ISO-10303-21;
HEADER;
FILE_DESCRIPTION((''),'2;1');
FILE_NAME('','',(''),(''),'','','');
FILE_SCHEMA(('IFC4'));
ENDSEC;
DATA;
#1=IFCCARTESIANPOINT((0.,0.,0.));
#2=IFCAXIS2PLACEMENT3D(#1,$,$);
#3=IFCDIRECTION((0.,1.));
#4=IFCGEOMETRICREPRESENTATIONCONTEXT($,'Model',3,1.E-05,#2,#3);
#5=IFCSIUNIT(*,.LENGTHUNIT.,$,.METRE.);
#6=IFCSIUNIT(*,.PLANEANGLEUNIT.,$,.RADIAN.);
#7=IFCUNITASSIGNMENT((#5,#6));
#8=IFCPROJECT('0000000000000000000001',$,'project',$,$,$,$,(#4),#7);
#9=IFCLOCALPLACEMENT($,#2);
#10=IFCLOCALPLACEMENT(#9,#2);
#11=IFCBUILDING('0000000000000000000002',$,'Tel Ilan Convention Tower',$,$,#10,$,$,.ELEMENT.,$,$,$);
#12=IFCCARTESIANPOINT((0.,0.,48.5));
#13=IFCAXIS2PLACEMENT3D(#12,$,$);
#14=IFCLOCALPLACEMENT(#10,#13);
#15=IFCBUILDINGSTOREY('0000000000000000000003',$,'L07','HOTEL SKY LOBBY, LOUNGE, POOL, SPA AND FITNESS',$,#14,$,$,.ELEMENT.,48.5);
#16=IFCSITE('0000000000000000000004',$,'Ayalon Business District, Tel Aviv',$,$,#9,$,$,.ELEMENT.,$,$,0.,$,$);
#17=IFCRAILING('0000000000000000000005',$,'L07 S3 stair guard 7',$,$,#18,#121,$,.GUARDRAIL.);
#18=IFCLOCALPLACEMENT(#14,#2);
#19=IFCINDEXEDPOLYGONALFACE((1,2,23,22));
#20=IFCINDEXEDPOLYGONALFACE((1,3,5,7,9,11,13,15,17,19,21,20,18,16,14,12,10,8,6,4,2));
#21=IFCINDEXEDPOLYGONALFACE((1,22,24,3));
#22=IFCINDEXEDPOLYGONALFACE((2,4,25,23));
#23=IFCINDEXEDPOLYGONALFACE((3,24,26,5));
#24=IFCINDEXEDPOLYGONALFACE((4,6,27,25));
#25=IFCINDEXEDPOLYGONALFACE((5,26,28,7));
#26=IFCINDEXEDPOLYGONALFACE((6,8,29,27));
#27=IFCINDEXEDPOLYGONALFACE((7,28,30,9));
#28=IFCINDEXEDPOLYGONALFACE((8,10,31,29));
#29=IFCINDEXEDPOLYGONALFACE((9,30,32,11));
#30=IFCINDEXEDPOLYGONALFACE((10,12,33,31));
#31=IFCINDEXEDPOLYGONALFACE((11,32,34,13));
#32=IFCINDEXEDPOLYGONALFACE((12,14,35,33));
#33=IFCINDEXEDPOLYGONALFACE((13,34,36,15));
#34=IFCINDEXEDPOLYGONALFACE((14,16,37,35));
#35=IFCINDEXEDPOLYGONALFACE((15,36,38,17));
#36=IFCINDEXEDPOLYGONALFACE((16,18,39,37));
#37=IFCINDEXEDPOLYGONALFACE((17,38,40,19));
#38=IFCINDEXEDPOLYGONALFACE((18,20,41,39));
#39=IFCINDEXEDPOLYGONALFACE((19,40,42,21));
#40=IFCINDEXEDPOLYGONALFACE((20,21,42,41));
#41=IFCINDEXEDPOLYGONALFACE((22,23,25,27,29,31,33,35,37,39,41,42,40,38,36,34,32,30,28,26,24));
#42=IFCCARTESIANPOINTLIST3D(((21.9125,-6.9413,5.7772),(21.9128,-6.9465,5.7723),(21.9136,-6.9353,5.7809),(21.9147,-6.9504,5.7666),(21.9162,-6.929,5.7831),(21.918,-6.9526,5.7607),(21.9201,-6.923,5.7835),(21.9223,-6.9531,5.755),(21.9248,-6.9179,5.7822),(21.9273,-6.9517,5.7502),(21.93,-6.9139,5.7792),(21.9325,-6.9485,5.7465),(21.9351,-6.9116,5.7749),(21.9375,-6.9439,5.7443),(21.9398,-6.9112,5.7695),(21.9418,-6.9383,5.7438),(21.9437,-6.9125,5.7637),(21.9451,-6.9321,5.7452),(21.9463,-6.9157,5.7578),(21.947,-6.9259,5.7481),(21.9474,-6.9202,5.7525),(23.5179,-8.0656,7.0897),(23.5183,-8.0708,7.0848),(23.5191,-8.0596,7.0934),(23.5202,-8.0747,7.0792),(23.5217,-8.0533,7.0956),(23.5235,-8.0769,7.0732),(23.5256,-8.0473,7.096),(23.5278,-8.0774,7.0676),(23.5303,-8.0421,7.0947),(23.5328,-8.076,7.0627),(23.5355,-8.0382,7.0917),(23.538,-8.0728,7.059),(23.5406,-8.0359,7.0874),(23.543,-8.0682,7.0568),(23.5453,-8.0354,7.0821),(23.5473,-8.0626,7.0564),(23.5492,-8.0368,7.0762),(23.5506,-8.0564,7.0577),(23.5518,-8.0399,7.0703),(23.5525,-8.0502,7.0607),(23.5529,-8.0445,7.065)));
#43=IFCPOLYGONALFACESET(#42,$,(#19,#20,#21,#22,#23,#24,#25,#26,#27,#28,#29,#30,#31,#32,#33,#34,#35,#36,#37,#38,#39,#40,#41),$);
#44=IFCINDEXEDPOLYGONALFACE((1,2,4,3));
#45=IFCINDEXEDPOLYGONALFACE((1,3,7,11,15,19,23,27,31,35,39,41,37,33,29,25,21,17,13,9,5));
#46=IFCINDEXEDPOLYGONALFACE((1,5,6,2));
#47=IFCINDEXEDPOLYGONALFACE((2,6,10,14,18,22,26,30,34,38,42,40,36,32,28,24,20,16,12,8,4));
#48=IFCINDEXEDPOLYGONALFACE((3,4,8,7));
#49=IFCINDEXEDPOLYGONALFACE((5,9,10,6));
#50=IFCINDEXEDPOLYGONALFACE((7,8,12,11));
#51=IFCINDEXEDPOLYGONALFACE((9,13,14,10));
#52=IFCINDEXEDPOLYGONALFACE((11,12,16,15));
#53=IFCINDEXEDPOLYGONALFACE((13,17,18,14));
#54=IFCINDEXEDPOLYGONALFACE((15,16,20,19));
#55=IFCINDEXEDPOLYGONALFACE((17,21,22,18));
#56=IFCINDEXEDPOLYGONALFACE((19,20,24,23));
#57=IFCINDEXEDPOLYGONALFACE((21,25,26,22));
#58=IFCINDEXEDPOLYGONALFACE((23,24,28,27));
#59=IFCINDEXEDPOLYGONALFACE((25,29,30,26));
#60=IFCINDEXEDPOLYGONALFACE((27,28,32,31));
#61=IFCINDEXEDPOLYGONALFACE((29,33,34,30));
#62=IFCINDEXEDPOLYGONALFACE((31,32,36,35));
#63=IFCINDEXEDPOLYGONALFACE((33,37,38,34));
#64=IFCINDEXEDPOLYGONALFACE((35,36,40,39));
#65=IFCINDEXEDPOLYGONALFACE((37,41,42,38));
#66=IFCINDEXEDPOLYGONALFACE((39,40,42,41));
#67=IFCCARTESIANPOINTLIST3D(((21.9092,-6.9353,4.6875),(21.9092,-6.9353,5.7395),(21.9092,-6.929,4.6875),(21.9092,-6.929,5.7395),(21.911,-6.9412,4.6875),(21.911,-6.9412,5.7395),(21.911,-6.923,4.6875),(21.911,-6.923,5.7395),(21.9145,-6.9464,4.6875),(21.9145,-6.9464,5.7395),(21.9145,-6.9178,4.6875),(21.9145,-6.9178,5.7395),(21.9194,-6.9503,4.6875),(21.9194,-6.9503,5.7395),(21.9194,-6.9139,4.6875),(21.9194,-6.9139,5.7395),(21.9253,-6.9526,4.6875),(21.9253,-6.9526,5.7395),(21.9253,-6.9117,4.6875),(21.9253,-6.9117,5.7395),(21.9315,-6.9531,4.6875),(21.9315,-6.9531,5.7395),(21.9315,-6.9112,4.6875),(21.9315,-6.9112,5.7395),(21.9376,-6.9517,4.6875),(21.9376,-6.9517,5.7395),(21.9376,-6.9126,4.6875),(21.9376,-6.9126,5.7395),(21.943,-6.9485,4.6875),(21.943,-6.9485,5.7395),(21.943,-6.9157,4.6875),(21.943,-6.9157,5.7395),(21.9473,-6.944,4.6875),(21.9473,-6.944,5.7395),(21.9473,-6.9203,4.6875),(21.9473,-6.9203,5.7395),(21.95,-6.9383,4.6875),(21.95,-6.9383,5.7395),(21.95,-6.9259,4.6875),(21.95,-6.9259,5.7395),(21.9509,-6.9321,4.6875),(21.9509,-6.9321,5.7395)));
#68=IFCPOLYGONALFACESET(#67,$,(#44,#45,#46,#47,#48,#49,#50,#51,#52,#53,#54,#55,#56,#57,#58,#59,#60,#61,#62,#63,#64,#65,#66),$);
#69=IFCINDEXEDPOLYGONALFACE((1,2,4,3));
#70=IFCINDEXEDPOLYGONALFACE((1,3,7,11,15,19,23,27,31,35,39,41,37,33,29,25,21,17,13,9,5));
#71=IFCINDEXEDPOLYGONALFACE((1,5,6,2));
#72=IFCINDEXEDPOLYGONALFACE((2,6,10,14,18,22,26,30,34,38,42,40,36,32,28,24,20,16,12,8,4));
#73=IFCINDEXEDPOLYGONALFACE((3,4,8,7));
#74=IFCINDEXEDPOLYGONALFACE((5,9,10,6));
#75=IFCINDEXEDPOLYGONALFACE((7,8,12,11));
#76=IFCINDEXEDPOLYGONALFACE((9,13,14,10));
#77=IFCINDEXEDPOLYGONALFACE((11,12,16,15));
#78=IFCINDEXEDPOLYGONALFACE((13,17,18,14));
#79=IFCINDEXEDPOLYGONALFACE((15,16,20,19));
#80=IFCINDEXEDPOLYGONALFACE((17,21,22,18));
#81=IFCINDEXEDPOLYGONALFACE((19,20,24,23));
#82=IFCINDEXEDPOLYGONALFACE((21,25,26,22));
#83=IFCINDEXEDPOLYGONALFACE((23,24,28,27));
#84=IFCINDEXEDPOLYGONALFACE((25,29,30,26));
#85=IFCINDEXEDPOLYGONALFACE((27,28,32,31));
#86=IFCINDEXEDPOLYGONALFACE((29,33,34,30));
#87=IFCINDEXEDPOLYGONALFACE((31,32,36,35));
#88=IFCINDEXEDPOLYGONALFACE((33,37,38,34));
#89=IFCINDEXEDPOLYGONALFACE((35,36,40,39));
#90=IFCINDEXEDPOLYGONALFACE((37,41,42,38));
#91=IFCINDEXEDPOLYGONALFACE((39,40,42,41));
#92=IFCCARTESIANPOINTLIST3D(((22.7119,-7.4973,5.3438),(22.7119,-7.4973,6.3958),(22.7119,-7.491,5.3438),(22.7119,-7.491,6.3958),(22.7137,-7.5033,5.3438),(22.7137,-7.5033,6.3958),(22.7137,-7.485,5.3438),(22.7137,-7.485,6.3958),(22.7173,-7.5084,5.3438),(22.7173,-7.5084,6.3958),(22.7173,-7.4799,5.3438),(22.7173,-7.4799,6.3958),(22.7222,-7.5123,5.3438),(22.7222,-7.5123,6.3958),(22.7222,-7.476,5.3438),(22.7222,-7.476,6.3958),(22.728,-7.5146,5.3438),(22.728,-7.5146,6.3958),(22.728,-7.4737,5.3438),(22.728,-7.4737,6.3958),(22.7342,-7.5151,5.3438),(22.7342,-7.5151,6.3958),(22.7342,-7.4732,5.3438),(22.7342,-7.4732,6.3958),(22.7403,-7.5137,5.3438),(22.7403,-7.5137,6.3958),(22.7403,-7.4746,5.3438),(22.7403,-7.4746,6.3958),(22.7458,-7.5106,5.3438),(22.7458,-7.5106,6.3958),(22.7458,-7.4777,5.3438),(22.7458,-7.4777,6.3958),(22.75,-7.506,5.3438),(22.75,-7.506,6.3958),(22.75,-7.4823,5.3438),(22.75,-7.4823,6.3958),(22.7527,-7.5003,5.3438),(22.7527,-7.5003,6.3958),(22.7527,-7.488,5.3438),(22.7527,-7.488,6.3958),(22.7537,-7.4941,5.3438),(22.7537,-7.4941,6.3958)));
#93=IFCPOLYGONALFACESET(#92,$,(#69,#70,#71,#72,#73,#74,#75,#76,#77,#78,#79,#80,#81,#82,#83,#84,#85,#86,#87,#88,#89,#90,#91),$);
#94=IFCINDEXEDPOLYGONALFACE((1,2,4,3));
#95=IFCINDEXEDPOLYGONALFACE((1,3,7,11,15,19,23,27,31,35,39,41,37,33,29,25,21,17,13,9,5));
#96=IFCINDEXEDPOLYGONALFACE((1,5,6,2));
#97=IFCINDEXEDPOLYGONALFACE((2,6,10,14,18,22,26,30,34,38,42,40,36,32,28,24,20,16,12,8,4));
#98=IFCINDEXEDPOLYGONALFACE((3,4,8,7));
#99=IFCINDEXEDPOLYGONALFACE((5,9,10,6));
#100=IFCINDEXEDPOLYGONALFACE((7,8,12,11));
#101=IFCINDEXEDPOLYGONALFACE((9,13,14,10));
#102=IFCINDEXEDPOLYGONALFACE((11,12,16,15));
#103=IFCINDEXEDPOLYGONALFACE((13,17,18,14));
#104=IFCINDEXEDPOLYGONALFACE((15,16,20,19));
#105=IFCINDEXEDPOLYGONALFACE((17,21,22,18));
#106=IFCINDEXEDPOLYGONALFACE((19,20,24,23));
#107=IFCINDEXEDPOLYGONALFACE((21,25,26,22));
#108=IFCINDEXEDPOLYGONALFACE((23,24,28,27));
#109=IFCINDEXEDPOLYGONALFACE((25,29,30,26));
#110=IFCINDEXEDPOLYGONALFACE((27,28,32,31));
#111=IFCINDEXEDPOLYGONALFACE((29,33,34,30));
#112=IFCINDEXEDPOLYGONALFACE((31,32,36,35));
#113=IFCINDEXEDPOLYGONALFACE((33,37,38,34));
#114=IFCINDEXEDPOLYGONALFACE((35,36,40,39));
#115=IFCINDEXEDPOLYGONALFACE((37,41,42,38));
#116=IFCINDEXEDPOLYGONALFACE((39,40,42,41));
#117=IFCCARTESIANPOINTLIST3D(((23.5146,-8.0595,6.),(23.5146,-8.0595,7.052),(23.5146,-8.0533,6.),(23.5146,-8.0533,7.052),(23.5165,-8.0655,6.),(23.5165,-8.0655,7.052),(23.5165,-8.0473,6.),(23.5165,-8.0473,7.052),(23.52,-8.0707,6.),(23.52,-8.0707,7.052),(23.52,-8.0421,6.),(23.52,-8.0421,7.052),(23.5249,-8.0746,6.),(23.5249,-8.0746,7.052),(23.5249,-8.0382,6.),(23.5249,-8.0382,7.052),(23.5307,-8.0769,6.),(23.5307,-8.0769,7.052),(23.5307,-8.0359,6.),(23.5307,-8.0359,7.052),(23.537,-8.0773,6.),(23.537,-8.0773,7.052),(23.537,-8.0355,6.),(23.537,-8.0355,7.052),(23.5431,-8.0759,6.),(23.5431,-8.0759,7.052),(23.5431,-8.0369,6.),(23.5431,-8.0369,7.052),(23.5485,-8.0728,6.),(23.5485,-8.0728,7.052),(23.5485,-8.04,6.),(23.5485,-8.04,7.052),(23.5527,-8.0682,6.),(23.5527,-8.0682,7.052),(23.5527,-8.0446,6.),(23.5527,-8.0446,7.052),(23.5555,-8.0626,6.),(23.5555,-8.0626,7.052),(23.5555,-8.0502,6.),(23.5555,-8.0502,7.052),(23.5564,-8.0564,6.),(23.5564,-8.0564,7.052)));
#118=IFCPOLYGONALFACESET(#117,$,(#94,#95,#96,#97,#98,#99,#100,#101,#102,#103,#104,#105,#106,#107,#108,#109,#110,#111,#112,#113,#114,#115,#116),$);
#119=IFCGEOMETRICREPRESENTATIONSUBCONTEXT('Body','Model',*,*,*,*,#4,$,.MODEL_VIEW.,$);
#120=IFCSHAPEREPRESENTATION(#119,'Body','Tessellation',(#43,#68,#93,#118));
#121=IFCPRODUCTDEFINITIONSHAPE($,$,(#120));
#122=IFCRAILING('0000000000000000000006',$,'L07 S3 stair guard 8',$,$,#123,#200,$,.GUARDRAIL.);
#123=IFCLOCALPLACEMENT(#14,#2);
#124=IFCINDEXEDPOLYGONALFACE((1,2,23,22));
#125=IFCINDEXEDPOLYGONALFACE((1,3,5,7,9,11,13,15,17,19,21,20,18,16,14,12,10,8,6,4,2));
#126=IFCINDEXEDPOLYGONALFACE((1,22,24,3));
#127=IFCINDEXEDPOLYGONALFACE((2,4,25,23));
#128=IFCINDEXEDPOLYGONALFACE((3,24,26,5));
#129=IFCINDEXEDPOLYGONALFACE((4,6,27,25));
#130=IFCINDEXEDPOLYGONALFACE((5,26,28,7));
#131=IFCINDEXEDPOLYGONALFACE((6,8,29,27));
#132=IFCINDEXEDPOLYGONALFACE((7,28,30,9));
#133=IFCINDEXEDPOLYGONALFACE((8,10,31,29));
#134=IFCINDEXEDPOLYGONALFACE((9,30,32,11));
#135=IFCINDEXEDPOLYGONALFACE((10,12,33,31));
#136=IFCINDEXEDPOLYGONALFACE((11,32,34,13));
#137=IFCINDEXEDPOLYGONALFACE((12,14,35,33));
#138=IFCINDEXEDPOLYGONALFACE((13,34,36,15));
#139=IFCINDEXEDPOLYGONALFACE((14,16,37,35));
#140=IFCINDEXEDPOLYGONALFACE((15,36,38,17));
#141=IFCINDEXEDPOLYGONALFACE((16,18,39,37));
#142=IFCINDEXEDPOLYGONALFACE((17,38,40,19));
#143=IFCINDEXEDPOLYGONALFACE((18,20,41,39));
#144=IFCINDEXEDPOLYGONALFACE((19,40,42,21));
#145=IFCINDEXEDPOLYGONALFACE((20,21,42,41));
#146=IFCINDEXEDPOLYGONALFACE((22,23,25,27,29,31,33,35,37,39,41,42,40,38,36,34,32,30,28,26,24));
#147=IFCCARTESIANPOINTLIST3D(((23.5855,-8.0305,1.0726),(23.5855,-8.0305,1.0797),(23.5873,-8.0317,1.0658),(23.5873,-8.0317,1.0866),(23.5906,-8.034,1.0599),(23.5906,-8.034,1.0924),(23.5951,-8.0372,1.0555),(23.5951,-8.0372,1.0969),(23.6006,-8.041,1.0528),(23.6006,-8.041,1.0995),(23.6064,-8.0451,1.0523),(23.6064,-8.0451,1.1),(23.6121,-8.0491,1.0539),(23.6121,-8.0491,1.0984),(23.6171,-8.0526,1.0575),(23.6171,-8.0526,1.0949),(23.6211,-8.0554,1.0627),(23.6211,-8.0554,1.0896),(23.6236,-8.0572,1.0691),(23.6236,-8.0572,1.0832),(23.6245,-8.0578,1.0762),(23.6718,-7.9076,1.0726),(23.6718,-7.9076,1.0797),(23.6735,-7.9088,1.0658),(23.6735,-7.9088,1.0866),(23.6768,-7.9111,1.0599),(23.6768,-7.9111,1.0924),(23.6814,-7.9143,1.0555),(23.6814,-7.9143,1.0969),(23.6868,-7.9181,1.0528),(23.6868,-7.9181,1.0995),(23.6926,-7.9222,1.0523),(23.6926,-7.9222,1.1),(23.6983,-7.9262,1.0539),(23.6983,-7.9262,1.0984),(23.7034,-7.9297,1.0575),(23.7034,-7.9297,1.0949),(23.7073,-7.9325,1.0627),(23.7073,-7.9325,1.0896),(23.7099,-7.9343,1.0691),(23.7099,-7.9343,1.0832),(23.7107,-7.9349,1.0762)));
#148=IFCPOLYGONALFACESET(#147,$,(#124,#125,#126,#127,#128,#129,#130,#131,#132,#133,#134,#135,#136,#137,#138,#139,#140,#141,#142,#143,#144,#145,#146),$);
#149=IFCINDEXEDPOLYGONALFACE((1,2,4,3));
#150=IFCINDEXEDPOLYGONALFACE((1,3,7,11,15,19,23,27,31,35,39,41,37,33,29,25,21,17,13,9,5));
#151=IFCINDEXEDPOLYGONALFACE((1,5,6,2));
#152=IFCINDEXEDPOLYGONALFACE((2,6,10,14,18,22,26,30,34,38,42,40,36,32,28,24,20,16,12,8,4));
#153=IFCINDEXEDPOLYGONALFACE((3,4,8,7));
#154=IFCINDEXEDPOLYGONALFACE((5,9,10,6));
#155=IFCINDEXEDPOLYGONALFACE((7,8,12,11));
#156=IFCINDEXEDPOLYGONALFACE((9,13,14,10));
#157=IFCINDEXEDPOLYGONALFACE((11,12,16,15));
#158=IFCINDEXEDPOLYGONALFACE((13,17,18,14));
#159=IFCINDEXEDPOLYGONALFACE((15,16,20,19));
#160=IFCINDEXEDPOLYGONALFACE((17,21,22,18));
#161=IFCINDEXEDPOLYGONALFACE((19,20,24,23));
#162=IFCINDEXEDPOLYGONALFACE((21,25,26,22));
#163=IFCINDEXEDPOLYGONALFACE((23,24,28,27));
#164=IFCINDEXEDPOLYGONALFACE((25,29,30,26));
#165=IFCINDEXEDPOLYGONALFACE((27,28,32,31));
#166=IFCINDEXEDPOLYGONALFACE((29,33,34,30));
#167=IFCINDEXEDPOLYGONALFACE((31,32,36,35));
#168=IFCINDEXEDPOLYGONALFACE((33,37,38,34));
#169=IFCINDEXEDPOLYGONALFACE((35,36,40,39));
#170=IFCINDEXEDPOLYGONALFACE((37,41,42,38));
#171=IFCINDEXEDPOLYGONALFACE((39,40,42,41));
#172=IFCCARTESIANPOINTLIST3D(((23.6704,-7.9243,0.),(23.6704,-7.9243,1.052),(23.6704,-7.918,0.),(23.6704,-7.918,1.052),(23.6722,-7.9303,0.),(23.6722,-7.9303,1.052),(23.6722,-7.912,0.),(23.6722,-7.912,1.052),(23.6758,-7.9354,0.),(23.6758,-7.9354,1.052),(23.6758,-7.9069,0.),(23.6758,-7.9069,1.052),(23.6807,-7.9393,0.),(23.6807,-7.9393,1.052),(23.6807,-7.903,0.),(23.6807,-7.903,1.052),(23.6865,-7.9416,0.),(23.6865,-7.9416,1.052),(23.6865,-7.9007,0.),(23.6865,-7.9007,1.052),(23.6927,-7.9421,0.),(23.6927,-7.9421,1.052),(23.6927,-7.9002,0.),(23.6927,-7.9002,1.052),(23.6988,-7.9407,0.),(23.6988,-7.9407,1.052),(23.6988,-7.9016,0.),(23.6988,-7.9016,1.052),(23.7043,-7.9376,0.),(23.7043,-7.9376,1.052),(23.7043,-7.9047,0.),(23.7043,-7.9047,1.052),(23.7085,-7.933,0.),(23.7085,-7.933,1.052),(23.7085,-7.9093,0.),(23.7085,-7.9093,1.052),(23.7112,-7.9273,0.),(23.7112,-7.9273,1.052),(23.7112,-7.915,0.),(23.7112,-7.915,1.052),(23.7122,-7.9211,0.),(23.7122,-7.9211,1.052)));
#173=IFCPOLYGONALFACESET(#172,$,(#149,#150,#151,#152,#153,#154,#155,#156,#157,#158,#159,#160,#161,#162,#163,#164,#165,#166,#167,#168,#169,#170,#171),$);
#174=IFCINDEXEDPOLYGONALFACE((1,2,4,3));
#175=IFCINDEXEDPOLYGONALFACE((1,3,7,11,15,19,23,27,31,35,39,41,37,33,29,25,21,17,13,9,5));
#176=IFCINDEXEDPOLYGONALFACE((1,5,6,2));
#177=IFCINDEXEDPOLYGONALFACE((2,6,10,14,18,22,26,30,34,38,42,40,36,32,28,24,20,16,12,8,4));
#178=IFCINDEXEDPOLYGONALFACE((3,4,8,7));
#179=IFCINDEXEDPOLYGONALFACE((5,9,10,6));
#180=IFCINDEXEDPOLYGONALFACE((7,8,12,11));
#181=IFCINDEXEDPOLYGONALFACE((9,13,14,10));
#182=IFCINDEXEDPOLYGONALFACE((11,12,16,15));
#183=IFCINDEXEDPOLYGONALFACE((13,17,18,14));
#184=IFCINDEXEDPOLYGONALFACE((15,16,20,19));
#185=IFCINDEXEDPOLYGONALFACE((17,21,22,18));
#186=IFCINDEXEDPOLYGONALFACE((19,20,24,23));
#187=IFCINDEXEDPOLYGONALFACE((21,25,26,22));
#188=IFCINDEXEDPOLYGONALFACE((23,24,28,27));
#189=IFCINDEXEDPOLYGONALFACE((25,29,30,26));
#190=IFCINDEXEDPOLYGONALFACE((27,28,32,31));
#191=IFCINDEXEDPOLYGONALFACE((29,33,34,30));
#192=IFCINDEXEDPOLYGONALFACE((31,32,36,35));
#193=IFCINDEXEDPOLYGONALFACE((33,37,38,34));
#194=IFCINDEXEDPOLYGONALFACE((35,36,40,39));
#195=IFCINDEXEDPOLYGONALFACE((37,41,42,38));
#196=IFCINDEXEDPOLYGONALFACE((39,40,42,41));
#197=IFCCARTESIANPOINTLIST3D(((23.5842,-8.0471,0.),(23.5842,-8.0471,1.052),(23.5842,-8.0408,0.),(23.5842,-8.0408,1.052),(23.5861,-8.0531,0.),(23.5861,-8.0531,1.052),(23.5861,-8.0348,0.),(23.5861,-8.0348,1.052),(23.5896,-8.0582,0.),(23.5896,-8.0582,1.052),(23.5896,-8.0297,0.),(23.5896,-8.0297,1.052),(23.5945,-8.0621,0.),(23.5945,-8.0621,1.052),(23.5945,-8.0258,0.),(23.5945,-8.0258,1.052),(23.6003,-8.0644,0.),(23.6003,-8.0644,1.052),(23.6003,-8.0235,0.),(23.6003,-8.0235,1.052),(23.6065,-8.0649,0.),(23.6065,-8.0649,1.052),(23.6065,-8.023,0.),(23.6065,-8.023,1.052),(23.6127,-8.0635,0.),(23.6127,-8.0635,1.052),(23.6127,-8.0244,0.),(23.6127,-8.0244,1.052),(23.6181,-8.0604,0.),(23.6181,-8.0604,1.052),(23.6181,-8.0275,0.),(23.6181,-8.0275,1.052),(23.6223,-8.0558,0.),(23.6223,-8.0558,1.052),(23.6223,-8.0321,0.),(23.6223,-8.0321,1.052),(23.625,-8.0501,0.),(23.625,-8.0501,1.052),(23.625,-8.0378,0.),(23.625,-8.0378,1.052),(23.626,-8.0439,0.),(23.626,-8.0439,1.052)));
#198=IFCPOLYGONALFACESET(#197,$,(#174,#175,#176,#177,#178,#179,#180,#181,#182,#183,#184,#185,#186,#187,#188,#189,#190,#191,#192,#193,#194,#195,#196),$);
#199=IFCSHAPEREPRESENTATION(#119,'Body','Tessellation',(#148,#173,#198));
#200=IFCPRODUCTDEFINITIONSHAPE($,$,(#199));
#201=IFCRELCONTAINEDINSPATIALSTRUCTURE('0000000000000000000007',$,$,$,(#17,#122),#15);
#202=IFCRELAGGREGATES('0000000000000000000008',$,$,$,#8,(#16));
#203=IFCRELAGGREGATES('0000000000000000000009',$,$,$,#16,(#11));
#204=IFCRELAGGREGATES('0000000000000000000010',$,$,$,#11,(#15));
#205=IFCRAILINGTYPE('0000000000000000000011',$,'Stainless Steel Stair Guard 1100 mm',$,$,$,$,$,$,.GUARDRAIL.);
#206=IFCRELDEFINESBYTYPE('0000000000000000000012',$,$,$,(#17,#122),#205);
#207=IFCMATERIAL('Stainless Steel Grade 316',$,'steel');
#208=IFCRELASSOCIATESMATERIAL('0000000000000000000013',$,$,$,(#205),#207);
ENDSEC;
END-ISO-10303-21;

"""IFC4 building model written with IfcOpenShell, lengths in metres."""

from ifc_helpers import new_model, si_unit, direction, frame, origin, origin_2d, place, context, subcontext, project, spatial, circle, extrude, material, type_object, element, save


model = new_model("IFC4")

# Units and contexts
model_context = context("Model", 3, precision=1e-05, world=origin(), true_north=direction((0.0, 1.0)))
body_context = subcontext(model_context, "Body", "Model", "MODEL_VIEW")
ifc_project = project(units=[si_unit("LENGTHUNIT", "METRE"), si_unit("PLANEANGLEUNIT", "RADIAN")], contexts=[model_context])

# Site, building, storey
site_placement = place(None, origin())
site = spatial("IfcSite", under=ifc_project, at=site_placement, Name="Ayalon Business District, Tel Aviv", CompositionType="ELEMENT", RefElevation=0.0)
building_placement = place(site_placement, origin())
building = spatial("IfcBuilding", under=site, at=building_placement, Name="Tel Ilan Convention Tower", CompositionType="ELEMENT")
storey_placement = place(building_placement, frame((0.0, 0.0, 48.5)))
storey = spatial("IfcBuildingStorey", under=building, at=storey_placement, Name="L07", Description="HOTEL SKY LOBBY, LOUNGE, POOL, SPA AND FITNESS", CompositionType="ELEMENT", Elevation=48.5)

# Railings
ifc_material_1 = material(Name="Stainless Steel Grade 316", Category="steel")
railing_type_1 = type_object("IfcRailingType", Name="Stainless Steel Stair Guard 1100 mm", PredefinedType="GUARDRAIL", material=ifc_material_1)
railing_1_placement = place(storey_placement, frame((21.9299, -6.9321, 4.6875)))
element("IfcRailing", 1, at=railing_1_placement, inside=storey, type_object=railing_type_1, Name="L07 S3 stair guard 7", PredefinedType="GUARDRAIL", context=body_context, shape_type="SweptSolid", body=[
    extrude(circle(Radius=0.0239, at=origin_2d()), frame((0.0, 0.0, 1.0762), z_axis=(0.680616, -0.476617, 0.556416), x_axis=(0.573613, 0.819127, 0.0)), (0.0, 0.0, 1.0), 2.3589),
    extrude(circle(Radius=0.021, at=origin_2d()), origin(), (0.0, 0.0, 1.0), 1.052),
    extrude(circle(Radius=0.021, at=origin_2d()), frame((0.8027, -0.562, 0.6562)), (0.0, 0.0, 1.0), 1.052),
    extrude(circle(Radius=0.021, at=origin_2d()), frame((1.6055, -1.1243, 1.3125)), (0.0, 0.0, 1.0), 1.052),
])
railing_2_placement = place(storey_placement, frame((23.6912, -7.9211, 0.0)))
element("IfcRailing", 2, at=railing_2_placement, inside=storey, type_object=railing_type_1, Name="L07 S3 stair guard 8", PredefinedType="GUARDRAIL", context=body_context, shape_type="SweptSolid", body=[
    extrude(circle(Radius=0.0239, at=origin_2d()), frame((0.0, 0.0, 1.0762), z_axis=(-0.574445, -0.818543, 0.0), x_axis=(0.818543, -0.574445, 0.0)), (0.0, 0.0, 1.0), 0.1501),
    extrude(circle(Radius=0.021, at=origin_2d()), origin(), (0.0, 0.0, 1.0), 1.052),
    extrude(circle(Radius=0.021, at=origin_2d()), frame((-0.0862, -0.1228, 0.0)), (0.0, 0.0, 1.0), 1.052),
])

save(model, "model.ifc")
